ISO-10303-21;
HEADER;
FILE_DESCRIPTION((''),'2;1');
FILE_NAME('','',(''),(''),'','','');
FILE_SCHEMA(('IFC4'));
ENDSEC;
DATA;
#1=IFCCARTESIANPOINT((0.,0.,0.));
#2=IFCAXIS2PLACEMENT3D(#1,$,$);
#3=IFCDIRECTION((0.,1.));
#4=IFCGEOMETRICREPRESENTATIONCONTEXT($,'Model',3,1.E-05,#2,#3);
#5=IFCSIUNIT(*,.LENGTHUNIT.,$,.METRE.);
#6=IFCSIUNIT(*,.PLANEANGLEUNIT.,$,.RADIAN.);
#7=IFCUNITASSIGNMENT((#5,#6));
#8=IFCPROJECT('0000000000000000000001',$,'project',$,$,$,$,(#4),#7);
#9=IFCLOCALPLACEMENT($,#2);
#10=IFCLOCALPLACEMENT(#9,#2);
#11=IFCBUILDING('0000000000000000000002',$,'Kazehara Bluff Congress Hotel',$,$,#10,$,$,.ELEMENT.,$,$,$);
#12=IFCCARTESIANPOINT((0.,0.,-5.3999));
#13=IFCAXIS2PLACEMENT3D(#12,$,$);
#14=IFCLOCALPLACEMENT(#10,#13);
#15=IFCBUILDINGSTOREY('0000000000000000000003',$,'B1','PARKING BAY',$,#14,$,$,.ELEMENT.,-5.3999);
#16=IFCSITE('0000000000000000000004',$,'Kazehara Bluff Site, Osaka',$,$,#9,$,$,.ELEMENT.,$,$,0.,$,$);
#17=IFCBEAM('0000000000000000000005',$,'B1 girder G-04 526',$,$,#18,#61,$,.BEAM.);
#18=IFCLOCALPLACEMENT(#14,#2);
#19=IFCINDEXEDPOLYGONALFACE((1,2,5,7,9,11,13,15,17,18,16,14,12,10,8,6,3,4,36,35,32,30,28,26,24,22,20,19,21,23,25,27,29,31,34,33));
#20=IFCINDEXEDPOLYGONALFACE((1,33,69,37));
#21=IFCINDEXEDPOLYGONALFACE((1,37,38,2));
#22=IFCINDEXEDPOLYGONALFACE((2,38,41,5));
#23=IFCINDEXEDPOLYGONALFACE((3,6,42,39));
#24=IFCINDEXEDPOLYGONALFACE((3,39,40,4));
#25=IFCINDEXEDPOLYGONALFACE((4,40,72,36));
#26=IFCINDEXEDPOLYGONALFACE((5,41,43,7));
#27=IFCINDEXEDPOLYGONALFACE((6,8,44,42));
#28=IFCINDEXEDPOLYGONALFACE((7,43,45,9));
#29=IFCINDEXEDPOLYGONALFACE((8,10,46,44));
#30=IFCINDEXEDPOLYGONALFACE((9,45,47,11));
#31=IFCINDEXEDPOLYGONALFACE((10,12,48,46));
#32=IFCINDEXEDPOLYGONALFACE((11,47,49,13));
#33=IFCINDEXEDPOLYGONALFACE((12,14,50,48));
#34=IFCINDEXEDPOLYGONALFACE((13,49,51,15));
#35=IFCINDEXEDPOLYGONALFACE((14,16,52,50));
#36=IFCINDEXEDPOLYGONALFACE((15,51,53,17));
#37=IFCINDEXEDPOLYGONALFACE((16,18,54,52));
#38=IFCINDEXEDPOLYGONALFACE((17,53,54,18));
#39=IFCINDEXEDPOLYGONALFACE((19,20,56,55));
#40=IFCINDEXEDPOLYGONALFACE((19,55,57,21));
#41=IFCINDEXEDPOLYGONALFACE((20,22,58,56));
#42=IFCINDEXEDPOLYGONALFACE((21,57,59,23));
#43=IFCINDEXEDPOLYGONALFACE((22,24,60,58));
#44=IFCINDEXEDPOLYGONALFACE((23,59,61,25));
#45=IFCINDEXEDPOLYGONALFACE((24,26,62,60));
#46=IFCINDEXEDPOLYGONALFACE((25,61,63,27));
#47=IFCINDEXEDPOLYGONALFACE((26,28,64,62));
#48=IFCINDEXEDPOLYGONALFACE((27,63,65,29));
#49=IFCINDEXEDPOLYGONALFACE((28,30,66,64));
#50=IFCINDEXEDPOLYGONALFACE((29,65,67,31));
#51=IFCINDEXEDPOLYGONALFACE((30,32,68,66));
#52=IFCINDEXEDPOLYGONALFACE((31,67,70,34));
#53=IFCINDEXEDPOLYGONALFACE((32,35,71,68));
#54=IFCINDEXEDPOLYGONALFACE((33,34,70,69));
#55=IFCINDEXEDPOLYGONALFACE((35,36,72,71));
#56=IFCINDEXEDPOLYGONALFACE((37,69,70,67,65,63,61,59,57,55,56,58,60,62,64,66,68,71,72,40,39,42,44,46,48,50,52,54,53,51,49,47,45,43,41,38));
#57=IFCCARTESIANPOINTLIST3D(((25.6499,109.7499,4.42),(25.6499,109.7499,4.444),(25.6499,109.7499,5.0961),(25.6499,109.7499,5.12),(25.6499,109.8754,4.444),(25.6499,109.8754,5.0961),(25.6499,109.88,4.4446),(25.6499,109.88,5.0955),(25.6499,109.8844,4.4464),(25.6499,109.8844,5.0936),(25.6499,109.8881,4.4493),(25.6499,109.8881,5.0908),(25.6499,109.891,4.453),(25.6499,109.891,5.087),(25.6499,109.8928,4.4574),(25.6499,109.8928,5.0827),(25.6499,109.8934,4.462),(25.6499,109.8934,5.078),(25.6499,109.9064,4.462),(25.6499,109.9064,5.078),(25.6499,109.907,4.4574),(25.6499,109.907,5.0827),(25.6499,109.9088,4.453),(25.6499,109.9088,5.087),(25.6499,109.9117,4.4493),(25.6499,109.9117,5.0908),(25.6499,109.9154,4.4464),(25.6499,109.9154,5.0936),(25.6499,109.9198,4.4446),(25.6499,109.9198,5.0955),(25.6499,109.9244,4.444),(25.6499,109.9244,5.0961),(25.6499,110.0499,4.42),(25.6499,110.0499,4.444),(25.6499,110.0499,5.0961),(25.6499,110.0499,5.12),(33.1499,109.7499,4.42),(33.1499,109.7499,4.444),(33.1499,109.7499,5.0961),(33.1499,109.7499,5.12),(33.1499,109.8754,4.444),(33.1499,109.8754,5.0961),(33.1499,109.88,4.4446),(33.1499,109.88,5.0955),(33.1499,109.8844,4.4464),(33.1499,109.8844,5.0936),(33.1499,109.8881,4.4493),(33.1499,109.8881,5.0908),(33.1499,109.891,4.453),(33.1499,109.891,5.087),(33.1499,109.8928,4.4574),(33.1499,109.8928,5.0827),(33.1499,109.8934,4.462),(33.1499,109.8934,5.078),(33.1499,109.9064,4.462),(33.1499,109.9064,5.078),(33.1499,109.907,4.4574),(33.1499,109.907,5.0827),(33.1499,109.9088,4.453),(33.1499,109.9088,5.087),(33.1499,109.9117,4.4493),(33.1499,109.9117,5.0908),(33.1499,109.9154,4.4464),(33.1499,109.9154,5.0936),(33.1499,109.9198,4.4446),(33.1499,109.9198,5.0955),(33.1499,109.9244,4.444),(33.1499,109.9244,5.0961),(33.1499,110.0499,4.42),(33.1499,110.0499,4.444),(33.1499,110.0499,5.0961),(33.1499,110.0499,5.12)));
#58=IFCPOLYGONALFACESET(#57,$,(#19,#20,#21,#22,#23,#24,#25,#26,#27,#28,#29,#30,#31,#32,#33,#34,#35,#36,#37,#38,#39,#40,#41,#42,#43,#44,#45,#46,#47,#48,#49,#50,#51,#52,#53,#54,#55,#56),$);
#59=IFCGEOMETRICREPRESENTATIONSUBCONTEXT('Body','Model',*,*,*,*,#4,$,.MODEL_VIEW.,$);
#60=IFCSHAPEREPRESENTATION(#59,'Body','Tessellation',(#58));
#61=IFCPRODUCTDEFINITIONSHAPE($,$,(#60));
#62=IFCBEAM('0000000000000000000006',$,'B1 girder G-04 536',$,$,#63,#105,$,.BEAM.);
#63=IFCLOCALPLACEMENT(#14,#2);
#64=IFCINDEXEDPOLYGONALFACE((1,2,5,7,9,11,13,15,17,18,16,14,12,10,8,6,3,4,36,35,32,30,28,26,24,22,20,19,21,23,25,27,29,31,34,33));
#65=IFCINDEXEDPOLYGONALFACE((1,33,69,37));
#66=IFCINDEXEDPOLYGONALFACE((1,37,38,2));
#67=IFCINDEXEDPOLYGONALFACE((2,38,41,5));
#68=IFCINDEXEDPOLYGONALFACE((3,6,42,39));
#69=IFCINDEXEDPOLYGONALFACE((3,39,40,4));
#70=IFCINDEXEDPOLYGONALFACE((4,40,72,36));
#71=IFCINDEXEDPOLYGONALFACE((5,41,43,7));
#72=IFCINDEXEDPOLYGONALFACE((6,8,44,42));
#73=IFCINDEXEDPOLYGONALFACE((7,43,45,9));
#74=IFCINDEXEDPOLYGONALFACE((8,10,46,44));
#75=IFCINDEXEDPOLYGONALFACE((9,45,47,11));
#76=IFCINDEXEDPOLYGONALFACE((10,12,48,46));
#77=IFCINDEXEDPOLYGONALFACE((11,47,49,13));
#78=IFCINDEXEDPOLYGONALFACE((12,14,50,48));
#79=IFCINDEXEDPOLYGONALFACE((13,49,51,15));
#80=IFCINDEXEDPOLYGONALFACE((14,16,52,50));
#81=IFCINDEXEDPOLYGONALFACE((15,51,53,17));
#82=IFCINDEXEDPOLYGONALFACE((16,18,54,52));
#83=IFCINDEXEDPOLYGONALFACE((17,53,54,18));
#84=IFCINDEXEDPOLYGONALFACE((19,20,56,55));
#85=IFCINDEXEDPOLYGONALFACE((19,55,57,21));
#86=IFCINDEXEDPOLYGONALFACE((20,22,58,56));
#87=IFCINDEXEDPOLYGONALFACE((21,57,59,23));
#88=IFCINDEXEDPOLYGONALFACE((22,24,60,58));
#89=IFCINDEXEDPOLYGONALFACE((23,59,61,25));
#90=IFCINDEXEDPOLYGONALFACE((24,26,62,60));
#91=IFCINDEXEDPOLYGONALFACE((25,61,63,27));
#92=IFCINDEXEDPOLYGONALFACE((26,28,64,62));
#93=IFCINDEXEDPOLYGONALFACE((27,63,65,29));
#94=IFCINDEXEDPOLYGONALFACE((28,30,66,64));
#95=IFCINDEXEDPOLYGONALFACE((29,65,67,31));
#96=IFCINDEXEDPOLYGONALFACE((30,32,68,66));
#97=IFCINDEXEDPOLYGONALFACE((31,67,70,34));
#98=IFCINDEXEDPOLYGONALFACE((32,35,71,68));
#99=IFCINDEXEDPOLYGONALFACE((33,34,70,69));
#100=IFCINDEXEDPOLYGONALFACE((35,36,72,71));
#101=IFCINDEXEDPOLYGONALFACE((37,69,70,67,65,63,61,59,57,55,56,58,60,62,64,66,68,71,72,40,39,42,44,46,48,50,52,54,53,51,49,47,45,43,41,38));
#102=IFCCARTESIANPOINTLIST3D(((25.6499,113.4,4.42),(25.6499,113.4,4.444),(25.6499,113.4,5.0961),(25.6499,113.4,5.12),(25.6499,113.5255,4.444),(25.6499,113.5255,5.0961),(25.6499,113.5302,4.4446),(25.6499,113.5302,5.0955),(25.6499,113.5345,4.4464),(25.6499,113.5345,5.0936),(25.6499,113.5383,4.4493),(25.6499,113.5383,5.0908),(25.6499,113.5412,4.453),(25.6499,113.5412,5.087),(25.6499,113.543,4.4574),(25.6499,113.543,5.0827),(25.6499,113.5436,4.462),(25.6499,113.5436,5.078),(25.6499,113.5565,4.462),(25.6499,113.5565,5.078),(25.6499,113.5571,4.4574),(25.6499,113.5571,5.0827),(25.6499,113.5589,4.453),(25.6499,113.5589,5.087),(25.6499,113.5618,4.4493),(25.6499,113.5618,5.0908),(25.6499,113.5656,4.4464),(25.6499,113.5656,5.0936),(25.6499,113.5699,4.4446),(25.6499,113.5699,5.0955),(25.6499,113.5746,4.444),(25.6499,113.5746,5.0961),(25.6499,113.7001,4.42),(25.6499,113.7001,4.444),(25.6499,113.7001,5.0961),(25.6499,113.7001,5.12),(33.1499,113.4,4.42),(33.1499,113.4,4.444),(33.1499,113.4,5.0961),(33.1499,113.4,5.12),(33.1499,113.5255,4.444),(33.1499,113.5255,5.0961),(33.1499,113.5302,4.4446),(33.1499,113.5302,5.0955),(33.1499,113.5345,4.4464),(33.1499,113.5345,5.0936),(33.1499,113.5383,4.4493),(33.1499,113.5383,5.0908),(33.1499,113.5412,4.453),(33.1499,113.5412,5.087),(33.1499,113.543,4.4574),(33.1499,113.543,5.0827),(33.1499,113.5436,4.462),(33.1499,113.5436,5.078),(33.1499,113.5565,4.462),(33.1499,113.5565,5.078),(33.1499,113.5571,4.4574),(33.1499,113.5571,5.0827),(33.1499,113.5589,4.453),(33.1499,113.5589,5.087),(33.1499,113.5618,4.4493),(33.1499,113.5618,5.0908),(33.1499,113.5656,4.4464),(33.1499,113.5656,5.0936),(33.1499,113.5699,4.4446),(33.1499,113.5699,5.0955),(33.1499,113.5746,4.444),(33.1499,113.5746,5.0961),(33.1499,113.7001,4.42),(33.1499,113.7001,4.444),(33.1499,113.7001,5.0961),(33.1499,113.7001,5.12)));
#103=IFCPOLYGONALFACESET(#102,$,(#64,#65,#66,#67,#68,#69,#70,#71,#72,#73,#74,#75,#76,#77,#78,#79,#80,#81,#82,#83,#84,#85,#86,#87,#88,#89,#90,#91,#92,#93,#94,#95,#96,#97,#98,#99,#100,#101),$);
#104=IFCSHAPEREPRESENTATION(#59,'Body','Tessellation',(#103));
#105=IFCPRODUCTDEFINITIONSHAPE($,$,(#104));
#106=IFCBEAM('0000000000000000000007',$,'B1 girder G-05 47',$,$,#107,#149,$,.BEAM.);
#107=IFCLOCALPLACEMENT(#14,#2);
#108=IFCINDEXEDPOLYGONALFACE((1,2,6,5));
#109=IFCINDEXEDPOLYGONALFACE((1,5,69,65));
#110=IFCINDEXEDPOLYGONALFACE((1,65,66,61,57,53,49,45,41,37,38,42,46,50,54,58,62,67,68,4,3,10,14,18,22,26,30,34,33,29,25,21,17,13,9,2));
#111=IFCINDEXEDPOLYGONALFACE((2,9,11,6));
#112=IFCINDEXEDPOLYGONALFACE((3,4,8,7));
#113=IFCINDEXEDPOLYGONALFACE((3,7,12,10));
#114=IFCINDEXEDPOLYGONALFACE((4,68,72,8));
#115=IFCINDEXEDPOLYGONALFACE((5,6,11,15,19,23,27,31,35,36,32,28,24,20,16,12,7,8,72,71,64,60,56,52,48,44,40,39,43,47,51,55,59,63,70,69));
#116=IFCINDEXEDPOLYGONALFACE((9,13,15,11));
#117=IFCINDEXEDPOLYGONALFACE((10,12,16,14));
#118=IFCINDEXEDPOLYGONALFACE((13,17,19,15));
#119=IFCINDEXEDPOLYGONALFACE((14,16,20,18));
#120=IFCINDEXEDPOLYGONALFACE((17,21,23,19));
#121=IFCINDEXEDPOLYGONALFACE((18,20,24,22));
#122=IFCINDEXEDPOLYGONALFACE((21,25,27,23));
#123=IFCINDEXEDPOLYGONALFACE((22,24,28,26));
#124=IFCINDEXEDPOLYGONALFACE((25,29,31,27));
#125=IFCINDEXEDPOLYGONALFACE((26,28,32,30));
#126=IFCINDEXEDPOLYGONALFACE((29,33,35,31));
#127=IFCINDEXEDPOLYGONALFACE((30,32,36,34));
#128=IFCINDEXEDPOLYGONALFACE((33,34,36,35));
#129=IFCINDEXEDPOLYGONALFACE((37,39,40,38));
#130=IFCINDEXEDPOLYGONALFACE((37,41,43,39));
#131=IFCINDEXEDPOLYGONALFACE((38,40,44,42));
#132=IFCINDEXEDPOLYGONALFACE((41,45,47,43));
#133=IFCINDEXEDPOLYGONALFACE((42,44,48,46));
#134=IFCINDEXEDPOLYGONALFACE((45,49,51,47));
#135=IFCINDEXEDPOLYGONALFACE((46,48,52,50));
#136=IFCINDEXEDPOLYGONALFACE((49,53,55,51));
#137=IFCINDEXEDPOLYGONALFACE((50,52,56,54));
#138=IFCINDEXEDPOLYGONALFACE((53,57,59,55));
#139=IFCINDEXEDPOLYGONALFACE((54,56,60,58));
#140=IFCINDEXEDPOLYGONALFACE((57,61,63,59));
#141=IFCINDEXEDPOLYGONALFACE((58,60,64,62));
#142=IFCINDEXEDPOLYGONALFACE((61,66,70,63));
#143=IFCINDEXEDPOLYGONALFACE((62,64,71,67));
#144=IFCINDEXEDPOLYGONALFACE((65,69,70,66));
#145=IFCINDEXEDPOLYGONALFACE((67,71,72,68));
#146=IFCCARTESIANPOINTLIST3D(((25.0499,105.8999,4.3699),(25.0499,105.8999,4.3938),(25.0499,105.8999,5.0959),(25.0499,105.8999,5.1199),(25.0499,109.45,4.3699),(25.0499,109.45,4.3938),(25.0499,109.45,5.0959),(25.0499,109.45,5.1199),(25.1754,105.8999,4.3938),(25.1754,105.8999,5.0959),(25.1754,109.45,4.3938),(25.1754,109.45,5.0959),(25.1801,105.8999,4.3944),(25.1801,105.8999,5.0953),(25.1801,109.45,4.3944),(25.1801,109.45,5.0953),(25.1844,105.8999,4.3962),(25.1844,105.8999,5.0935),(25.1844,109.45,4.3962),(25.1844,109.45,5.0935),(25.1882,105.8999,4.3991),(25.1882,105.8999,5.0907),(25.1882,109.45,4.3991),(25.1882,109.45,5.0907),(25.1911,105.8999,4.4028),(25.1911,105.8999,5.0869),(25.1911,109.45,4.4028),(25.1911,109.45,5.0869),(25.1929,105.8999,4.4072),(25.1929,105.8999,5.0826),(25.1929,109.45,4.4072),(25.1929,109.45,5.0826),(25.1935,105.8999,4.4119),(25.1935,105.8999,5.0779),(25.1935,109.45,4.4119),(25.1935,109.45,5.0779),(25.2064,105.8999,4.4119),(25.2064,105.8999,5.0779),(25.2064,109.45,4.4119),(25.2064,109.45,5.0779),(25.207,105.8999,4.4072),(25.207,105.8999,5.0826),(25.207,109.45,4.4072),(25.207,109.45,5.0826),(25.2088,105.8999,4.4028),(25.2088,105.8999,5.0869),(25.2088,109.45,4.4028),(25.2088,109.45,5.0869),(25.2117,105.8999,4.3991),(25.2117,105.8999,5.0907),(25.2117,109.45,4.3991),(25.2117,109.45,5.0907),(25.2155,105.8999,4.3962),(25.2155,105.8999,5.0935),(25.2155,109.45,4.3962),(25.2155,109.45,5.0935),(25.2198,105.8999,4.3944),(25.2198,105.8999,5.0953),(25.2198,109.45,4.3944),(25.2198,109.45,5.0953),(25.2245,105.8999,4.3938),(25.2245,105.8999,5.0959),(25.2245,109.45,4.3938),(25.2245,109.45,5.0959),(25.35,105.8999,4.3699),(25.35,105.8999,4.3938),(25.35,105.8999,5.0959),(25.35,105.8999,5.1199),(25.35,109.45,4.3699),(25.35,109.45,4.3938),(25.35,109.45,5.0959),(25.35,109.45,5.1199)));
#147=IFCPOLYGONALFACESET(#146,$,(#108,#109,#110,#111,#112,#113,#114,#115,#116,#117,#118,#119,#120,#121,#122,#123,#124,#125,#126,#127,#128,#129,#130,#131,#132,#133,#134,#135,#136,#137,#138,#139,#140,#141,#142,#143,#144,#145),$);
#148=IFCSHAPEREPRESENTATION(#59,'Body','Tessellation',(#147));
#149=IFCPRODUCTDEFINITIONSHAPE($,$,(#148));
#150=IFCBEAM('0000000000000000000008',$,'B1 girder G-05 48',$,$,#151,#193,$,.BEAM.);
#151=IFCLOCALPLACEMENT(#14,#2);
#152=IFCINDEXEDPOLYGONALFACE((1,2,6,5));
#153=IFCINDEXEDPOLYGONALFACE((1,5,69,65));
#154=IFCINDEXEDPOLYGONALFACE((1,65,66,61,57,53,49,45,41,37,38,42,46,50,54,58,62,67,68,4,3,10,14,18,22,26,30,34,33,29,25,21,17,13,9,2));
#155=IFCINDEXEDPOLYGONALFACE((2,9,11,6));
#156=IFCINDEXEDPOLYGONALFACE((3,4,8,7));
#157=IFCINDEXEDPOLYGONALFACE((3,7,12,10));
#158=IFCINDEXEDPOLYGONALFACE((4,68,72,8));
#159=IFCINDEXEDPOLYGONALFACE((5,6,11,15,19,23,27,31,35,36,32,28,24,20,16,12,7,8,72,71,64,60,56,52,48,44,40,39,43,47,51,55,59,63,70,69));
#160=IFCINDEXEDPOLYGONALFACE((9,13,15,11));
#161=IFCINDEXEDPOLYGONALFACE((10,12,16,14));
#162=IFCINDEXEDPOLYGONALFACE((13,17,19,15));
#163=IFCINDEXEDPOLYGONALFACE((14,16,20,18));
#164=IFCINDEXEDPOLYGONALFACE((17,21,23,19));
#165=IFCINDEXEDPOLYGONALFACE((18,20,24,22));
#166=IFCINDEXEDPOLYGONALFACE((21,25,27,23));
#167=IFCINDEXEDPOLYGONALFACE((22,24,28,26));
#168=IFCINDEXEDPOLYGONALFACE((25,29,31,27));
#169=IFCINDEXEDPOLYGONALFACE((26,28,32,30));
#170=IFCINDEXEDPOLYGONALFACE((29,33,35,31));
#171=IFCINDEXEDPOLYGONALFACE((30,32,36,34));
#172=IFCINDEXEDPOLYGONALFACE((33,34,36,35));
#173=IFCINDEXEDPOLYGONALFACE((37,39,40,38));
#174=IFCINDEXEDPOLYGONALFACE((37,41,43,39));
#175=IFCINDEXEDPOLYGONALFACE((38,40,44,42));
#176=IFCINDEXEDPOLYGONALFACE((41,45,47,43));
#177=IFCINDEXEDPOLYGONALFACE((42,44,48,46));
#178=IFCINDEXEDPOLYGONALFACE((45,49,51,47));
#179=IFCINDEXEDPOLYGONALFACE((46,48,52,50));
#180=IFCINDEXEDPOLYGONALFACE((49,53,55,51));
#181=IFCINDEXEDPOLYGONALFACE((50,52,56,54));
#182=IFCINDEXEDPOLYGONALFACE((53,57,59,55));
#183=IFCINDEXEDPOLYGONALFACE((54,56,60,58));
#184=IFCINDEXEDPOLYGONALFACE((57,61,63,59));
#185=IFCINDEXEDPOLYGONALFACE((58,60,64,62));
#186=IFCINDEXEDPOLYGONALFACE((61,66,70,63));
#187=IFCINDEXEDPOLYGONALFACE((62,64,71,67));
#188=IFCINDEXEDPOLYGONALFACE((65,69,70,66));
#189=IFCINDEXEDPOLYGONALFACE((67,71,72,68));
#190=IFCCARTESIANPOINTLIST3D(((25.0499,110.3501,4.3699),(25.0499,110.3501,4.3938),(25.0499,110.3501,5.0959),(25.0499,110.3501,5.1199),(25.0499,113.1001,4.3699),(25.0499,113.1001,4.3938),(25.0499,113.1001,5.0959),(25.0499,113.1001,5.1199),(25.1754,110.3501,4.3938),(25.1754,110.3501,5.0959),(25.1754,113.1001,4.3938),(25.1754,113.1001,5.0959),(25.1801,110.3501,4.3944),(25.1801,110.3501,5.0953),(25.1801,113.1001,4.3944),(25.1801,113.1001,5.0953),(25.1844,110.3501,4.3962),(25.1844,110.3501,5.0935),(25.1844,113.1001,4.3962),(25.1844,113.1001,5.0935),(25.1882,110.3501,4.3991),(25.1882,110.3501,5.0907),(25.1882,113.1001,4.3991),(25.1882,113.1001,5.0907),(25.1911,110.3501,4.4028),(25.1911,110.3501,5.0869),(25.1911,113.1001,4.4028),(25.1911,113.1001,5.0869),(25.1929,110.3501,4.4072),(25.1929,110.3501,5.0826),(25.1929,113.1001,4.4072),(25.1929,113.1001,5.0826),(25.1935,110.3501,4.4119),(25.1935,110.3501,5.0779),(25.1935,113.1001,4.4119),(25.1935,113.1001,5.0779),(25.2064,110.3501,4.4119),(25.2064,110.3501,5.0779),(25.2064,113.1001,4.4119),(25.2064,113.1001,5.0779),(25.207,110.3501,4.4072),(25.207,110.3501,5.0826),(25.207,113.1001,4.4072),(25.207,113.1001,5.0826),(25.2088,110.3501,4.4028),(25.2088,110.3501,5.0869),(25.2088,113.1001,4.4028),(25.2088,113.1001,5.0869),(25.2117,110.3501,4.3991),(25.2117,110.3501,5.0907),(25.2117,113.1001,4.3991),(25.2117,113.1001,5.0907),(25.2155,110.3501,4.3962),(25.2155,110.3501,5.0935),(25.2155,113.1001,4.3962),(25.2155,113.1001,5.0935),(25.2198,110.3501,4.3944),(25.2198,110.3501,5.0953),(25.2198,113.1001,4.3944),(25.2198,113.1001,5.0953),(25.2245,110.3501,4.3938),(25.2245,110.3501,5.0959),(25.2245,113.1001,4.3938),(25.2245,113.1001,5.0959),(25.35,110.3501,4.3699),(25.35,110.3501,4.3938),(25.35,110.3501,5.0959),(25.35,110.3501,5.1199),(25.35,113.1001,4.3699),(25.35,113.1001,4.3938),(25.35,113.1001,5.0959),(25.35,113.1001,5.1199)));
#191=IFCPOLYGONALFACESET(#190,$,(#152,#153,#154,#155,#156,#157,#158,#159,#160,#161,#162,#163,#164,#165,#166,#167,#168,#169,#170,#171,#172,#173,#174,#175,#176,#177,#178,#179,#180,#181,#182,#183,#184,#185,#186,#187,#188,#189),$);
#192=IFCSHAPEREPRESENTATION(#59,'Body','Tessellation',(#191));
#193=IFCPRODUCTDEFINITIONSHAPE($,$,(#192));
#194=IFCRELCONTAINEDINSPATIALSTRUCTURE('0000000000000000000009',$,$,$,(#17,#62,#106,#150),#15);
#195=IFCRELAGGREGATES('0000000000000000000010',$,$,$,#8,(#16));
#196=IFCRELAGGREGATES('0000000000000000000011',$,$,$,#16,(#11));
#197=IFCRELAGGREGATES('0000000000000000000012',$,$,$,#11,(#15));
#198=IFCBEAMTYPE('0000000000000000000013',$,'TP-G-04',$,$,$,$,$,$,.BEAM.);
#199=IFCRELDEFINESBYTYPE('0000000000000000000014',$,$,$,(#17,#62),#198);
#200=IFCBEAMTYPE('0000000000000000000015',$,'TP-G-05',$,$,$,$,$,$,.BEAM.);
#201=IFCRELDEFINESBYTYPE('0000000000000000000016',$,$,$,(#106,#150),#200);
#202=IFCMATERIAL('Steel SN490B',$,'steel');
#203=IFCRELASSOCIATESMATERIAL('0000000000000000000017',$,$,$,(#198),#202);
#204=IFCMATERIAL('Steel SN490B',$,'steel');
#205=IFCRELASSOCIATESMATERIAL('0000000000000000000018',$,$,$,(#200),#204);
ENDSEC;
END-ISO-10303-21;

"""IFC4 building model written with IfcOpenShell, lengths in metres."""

from ifc_helpers import new_model, si_unit, direction, frame, origin, origin_2d, place, context, subcontext, project, spatial, i_section, extrude, material, material_profile, profile_set, type_object, element, save


model = new_model("IFC4")

# Units and contexts
model_context = context("Model", 3, precision=1e-05, world=origin(), true_north=direction((0.0, 1.0)))
body_context = subcontext(model_context, "Body", "Model", "MODEL_VIEW")
ifc_project = project(units=[si_unit("LENGTHUNIT", "METRE"), si_unit("PLANEANGLEUNIT", "RADIAN")], contexts=[model_context])

# Site, building, storey
site_placement = place(None, origin())
site = spatial("IfcSite", under=ifc_project, at=site_placement, Name="Kazehara Bluff Site, Osaka", CompositionType="ELEMENT", RefElevation=0.0)
building_placement = place(site_placement, origin())
building = spatial("IfcBuilding", under=site, at=building_placement, Name="Kazehara Bluff Congress Hotel", CompositionType="ELEMENT")
storey_placement = place(building_placement, frame((0.0, 0.0, -5.3999)))
storey = spatial("IfcBuildingStorey", under=building, at=storey_placement, Name="B1", Description="PARKING BAY", CompositionType="ELEMENT", Elevation=-5.3999)

# Beams
ifc_material_1 = material(Name="Steel SN490B", Category="steel")
ifc_material_profile_1 = material_profile(ifc_material_1, i_section(OverallWidth=0.3, OverallDepth=0.7, WebThickness=0.0129, FlangeThickness=0.0239, FilletRadius=0.0181, at=origin_2d()))
ifc_profile_set_1 = profile_set([ifc_material_profile_1], Name="Steel SN490B")
beam_type_1 = type_object("IfcBeamType", Name="TP-G-04", PredefinedType="BEAM", material=ifc_profile_set_1)
for number, where, z_axis, x_axis, name in (
    (1, (25.6499, 109.8999, 4.77), (1.0, 0.0, 0.0), (0.0, 1.0, 0.0), "B1 girder G-04 526"),
    (2, (25.6499, 113.55, 4.77), (1.0, 0.0, 0.0), (0.0, 1.0, 0.0), "B1 girder G-04 536"),
):
    element("IfcBeam", number, at=place(storey_placement, frame(where, z_axis=z_axis, x_axis=x_axis)), inside=storey, type_object=beam_type_1, Name=name, PredefinedType="BEAM", context=body_context, shape_type="SweptSolid", body=[
        extrude(i_section(OverallWidth=0.3, OverallDepth=0.7, WebThickness=0.0129, FlangeThickness=0.0239, FilletRadius=0.0181, at=origin_2d()), origin(), (0.0, 0.0, 1.0), 7.5),
    ])
ifc_material_2 = material(Name="Steel SN490B", Category="steel")
ifc_material_profile_2 = material_profile(ifc_material_2, i_section(OverallWidth=0.3, OverallDepth=0.75, WebThickness=0.0129, FlangeThickness=0.0239, FilletRadius=0.0181, at=origin_2d()))
ifc_profile_set_2 = profile_set([ifc_material_profile_2], Name="Steel SN490B")
beam_type_2 = type_object("IfcBeamType", Name="TP-G-05", PredefinedType="BEAM", material=ifc_profile_set_2)
beam_1_placement = place(storey_placement, frame((25.2, 105.8999, 4.7449), z_axis=(0.0, 1.0, 0.0), x_axis=(-1.0, 0.0, 0.0)))
element("IfcBeam", 3, at=beam_1_placement, inside=storey, type_object=beam_type_2, Name="B1 girder G-05 47", PredefinedType="BEAM", context=body_context, shape_type="SweptSolid", body=[
    extrude(i_section(OverallWidth=0.3, OverallDepth=0.75, WebThickness=0.0129, FlangeThickness=0.0239, FilletRadius=0.0181, at=origin_2d()), origin(), (0.0, 0.0, 1.0), 3.55),
])
beam_2_placement = place(storey_placement, frame((25.2, 110.3501, 4.7449), z_axis=(0.0, 1.0, 0.0), x_axis=(-1.0, 0.0, 0.0)))
element("IfcBeam", 4, at=beam_2_placement, inside=storey, type_object=beam_type_2, Name="B1 girder G-05 48", PredefinedType="BEAM", context=body_context, shape_type="SweptSolid", body=[
    extrude(i_section(OverallWidth=0.3, OverallDepth=0.75, WebThickness=0.0129, FlangeThickness=0.0239, FilletRadius=0.0181, at=origin_2d()), origin(), (0.0, 0.0, 1.0), 2.75),
])

save(model, "model.ifc")
